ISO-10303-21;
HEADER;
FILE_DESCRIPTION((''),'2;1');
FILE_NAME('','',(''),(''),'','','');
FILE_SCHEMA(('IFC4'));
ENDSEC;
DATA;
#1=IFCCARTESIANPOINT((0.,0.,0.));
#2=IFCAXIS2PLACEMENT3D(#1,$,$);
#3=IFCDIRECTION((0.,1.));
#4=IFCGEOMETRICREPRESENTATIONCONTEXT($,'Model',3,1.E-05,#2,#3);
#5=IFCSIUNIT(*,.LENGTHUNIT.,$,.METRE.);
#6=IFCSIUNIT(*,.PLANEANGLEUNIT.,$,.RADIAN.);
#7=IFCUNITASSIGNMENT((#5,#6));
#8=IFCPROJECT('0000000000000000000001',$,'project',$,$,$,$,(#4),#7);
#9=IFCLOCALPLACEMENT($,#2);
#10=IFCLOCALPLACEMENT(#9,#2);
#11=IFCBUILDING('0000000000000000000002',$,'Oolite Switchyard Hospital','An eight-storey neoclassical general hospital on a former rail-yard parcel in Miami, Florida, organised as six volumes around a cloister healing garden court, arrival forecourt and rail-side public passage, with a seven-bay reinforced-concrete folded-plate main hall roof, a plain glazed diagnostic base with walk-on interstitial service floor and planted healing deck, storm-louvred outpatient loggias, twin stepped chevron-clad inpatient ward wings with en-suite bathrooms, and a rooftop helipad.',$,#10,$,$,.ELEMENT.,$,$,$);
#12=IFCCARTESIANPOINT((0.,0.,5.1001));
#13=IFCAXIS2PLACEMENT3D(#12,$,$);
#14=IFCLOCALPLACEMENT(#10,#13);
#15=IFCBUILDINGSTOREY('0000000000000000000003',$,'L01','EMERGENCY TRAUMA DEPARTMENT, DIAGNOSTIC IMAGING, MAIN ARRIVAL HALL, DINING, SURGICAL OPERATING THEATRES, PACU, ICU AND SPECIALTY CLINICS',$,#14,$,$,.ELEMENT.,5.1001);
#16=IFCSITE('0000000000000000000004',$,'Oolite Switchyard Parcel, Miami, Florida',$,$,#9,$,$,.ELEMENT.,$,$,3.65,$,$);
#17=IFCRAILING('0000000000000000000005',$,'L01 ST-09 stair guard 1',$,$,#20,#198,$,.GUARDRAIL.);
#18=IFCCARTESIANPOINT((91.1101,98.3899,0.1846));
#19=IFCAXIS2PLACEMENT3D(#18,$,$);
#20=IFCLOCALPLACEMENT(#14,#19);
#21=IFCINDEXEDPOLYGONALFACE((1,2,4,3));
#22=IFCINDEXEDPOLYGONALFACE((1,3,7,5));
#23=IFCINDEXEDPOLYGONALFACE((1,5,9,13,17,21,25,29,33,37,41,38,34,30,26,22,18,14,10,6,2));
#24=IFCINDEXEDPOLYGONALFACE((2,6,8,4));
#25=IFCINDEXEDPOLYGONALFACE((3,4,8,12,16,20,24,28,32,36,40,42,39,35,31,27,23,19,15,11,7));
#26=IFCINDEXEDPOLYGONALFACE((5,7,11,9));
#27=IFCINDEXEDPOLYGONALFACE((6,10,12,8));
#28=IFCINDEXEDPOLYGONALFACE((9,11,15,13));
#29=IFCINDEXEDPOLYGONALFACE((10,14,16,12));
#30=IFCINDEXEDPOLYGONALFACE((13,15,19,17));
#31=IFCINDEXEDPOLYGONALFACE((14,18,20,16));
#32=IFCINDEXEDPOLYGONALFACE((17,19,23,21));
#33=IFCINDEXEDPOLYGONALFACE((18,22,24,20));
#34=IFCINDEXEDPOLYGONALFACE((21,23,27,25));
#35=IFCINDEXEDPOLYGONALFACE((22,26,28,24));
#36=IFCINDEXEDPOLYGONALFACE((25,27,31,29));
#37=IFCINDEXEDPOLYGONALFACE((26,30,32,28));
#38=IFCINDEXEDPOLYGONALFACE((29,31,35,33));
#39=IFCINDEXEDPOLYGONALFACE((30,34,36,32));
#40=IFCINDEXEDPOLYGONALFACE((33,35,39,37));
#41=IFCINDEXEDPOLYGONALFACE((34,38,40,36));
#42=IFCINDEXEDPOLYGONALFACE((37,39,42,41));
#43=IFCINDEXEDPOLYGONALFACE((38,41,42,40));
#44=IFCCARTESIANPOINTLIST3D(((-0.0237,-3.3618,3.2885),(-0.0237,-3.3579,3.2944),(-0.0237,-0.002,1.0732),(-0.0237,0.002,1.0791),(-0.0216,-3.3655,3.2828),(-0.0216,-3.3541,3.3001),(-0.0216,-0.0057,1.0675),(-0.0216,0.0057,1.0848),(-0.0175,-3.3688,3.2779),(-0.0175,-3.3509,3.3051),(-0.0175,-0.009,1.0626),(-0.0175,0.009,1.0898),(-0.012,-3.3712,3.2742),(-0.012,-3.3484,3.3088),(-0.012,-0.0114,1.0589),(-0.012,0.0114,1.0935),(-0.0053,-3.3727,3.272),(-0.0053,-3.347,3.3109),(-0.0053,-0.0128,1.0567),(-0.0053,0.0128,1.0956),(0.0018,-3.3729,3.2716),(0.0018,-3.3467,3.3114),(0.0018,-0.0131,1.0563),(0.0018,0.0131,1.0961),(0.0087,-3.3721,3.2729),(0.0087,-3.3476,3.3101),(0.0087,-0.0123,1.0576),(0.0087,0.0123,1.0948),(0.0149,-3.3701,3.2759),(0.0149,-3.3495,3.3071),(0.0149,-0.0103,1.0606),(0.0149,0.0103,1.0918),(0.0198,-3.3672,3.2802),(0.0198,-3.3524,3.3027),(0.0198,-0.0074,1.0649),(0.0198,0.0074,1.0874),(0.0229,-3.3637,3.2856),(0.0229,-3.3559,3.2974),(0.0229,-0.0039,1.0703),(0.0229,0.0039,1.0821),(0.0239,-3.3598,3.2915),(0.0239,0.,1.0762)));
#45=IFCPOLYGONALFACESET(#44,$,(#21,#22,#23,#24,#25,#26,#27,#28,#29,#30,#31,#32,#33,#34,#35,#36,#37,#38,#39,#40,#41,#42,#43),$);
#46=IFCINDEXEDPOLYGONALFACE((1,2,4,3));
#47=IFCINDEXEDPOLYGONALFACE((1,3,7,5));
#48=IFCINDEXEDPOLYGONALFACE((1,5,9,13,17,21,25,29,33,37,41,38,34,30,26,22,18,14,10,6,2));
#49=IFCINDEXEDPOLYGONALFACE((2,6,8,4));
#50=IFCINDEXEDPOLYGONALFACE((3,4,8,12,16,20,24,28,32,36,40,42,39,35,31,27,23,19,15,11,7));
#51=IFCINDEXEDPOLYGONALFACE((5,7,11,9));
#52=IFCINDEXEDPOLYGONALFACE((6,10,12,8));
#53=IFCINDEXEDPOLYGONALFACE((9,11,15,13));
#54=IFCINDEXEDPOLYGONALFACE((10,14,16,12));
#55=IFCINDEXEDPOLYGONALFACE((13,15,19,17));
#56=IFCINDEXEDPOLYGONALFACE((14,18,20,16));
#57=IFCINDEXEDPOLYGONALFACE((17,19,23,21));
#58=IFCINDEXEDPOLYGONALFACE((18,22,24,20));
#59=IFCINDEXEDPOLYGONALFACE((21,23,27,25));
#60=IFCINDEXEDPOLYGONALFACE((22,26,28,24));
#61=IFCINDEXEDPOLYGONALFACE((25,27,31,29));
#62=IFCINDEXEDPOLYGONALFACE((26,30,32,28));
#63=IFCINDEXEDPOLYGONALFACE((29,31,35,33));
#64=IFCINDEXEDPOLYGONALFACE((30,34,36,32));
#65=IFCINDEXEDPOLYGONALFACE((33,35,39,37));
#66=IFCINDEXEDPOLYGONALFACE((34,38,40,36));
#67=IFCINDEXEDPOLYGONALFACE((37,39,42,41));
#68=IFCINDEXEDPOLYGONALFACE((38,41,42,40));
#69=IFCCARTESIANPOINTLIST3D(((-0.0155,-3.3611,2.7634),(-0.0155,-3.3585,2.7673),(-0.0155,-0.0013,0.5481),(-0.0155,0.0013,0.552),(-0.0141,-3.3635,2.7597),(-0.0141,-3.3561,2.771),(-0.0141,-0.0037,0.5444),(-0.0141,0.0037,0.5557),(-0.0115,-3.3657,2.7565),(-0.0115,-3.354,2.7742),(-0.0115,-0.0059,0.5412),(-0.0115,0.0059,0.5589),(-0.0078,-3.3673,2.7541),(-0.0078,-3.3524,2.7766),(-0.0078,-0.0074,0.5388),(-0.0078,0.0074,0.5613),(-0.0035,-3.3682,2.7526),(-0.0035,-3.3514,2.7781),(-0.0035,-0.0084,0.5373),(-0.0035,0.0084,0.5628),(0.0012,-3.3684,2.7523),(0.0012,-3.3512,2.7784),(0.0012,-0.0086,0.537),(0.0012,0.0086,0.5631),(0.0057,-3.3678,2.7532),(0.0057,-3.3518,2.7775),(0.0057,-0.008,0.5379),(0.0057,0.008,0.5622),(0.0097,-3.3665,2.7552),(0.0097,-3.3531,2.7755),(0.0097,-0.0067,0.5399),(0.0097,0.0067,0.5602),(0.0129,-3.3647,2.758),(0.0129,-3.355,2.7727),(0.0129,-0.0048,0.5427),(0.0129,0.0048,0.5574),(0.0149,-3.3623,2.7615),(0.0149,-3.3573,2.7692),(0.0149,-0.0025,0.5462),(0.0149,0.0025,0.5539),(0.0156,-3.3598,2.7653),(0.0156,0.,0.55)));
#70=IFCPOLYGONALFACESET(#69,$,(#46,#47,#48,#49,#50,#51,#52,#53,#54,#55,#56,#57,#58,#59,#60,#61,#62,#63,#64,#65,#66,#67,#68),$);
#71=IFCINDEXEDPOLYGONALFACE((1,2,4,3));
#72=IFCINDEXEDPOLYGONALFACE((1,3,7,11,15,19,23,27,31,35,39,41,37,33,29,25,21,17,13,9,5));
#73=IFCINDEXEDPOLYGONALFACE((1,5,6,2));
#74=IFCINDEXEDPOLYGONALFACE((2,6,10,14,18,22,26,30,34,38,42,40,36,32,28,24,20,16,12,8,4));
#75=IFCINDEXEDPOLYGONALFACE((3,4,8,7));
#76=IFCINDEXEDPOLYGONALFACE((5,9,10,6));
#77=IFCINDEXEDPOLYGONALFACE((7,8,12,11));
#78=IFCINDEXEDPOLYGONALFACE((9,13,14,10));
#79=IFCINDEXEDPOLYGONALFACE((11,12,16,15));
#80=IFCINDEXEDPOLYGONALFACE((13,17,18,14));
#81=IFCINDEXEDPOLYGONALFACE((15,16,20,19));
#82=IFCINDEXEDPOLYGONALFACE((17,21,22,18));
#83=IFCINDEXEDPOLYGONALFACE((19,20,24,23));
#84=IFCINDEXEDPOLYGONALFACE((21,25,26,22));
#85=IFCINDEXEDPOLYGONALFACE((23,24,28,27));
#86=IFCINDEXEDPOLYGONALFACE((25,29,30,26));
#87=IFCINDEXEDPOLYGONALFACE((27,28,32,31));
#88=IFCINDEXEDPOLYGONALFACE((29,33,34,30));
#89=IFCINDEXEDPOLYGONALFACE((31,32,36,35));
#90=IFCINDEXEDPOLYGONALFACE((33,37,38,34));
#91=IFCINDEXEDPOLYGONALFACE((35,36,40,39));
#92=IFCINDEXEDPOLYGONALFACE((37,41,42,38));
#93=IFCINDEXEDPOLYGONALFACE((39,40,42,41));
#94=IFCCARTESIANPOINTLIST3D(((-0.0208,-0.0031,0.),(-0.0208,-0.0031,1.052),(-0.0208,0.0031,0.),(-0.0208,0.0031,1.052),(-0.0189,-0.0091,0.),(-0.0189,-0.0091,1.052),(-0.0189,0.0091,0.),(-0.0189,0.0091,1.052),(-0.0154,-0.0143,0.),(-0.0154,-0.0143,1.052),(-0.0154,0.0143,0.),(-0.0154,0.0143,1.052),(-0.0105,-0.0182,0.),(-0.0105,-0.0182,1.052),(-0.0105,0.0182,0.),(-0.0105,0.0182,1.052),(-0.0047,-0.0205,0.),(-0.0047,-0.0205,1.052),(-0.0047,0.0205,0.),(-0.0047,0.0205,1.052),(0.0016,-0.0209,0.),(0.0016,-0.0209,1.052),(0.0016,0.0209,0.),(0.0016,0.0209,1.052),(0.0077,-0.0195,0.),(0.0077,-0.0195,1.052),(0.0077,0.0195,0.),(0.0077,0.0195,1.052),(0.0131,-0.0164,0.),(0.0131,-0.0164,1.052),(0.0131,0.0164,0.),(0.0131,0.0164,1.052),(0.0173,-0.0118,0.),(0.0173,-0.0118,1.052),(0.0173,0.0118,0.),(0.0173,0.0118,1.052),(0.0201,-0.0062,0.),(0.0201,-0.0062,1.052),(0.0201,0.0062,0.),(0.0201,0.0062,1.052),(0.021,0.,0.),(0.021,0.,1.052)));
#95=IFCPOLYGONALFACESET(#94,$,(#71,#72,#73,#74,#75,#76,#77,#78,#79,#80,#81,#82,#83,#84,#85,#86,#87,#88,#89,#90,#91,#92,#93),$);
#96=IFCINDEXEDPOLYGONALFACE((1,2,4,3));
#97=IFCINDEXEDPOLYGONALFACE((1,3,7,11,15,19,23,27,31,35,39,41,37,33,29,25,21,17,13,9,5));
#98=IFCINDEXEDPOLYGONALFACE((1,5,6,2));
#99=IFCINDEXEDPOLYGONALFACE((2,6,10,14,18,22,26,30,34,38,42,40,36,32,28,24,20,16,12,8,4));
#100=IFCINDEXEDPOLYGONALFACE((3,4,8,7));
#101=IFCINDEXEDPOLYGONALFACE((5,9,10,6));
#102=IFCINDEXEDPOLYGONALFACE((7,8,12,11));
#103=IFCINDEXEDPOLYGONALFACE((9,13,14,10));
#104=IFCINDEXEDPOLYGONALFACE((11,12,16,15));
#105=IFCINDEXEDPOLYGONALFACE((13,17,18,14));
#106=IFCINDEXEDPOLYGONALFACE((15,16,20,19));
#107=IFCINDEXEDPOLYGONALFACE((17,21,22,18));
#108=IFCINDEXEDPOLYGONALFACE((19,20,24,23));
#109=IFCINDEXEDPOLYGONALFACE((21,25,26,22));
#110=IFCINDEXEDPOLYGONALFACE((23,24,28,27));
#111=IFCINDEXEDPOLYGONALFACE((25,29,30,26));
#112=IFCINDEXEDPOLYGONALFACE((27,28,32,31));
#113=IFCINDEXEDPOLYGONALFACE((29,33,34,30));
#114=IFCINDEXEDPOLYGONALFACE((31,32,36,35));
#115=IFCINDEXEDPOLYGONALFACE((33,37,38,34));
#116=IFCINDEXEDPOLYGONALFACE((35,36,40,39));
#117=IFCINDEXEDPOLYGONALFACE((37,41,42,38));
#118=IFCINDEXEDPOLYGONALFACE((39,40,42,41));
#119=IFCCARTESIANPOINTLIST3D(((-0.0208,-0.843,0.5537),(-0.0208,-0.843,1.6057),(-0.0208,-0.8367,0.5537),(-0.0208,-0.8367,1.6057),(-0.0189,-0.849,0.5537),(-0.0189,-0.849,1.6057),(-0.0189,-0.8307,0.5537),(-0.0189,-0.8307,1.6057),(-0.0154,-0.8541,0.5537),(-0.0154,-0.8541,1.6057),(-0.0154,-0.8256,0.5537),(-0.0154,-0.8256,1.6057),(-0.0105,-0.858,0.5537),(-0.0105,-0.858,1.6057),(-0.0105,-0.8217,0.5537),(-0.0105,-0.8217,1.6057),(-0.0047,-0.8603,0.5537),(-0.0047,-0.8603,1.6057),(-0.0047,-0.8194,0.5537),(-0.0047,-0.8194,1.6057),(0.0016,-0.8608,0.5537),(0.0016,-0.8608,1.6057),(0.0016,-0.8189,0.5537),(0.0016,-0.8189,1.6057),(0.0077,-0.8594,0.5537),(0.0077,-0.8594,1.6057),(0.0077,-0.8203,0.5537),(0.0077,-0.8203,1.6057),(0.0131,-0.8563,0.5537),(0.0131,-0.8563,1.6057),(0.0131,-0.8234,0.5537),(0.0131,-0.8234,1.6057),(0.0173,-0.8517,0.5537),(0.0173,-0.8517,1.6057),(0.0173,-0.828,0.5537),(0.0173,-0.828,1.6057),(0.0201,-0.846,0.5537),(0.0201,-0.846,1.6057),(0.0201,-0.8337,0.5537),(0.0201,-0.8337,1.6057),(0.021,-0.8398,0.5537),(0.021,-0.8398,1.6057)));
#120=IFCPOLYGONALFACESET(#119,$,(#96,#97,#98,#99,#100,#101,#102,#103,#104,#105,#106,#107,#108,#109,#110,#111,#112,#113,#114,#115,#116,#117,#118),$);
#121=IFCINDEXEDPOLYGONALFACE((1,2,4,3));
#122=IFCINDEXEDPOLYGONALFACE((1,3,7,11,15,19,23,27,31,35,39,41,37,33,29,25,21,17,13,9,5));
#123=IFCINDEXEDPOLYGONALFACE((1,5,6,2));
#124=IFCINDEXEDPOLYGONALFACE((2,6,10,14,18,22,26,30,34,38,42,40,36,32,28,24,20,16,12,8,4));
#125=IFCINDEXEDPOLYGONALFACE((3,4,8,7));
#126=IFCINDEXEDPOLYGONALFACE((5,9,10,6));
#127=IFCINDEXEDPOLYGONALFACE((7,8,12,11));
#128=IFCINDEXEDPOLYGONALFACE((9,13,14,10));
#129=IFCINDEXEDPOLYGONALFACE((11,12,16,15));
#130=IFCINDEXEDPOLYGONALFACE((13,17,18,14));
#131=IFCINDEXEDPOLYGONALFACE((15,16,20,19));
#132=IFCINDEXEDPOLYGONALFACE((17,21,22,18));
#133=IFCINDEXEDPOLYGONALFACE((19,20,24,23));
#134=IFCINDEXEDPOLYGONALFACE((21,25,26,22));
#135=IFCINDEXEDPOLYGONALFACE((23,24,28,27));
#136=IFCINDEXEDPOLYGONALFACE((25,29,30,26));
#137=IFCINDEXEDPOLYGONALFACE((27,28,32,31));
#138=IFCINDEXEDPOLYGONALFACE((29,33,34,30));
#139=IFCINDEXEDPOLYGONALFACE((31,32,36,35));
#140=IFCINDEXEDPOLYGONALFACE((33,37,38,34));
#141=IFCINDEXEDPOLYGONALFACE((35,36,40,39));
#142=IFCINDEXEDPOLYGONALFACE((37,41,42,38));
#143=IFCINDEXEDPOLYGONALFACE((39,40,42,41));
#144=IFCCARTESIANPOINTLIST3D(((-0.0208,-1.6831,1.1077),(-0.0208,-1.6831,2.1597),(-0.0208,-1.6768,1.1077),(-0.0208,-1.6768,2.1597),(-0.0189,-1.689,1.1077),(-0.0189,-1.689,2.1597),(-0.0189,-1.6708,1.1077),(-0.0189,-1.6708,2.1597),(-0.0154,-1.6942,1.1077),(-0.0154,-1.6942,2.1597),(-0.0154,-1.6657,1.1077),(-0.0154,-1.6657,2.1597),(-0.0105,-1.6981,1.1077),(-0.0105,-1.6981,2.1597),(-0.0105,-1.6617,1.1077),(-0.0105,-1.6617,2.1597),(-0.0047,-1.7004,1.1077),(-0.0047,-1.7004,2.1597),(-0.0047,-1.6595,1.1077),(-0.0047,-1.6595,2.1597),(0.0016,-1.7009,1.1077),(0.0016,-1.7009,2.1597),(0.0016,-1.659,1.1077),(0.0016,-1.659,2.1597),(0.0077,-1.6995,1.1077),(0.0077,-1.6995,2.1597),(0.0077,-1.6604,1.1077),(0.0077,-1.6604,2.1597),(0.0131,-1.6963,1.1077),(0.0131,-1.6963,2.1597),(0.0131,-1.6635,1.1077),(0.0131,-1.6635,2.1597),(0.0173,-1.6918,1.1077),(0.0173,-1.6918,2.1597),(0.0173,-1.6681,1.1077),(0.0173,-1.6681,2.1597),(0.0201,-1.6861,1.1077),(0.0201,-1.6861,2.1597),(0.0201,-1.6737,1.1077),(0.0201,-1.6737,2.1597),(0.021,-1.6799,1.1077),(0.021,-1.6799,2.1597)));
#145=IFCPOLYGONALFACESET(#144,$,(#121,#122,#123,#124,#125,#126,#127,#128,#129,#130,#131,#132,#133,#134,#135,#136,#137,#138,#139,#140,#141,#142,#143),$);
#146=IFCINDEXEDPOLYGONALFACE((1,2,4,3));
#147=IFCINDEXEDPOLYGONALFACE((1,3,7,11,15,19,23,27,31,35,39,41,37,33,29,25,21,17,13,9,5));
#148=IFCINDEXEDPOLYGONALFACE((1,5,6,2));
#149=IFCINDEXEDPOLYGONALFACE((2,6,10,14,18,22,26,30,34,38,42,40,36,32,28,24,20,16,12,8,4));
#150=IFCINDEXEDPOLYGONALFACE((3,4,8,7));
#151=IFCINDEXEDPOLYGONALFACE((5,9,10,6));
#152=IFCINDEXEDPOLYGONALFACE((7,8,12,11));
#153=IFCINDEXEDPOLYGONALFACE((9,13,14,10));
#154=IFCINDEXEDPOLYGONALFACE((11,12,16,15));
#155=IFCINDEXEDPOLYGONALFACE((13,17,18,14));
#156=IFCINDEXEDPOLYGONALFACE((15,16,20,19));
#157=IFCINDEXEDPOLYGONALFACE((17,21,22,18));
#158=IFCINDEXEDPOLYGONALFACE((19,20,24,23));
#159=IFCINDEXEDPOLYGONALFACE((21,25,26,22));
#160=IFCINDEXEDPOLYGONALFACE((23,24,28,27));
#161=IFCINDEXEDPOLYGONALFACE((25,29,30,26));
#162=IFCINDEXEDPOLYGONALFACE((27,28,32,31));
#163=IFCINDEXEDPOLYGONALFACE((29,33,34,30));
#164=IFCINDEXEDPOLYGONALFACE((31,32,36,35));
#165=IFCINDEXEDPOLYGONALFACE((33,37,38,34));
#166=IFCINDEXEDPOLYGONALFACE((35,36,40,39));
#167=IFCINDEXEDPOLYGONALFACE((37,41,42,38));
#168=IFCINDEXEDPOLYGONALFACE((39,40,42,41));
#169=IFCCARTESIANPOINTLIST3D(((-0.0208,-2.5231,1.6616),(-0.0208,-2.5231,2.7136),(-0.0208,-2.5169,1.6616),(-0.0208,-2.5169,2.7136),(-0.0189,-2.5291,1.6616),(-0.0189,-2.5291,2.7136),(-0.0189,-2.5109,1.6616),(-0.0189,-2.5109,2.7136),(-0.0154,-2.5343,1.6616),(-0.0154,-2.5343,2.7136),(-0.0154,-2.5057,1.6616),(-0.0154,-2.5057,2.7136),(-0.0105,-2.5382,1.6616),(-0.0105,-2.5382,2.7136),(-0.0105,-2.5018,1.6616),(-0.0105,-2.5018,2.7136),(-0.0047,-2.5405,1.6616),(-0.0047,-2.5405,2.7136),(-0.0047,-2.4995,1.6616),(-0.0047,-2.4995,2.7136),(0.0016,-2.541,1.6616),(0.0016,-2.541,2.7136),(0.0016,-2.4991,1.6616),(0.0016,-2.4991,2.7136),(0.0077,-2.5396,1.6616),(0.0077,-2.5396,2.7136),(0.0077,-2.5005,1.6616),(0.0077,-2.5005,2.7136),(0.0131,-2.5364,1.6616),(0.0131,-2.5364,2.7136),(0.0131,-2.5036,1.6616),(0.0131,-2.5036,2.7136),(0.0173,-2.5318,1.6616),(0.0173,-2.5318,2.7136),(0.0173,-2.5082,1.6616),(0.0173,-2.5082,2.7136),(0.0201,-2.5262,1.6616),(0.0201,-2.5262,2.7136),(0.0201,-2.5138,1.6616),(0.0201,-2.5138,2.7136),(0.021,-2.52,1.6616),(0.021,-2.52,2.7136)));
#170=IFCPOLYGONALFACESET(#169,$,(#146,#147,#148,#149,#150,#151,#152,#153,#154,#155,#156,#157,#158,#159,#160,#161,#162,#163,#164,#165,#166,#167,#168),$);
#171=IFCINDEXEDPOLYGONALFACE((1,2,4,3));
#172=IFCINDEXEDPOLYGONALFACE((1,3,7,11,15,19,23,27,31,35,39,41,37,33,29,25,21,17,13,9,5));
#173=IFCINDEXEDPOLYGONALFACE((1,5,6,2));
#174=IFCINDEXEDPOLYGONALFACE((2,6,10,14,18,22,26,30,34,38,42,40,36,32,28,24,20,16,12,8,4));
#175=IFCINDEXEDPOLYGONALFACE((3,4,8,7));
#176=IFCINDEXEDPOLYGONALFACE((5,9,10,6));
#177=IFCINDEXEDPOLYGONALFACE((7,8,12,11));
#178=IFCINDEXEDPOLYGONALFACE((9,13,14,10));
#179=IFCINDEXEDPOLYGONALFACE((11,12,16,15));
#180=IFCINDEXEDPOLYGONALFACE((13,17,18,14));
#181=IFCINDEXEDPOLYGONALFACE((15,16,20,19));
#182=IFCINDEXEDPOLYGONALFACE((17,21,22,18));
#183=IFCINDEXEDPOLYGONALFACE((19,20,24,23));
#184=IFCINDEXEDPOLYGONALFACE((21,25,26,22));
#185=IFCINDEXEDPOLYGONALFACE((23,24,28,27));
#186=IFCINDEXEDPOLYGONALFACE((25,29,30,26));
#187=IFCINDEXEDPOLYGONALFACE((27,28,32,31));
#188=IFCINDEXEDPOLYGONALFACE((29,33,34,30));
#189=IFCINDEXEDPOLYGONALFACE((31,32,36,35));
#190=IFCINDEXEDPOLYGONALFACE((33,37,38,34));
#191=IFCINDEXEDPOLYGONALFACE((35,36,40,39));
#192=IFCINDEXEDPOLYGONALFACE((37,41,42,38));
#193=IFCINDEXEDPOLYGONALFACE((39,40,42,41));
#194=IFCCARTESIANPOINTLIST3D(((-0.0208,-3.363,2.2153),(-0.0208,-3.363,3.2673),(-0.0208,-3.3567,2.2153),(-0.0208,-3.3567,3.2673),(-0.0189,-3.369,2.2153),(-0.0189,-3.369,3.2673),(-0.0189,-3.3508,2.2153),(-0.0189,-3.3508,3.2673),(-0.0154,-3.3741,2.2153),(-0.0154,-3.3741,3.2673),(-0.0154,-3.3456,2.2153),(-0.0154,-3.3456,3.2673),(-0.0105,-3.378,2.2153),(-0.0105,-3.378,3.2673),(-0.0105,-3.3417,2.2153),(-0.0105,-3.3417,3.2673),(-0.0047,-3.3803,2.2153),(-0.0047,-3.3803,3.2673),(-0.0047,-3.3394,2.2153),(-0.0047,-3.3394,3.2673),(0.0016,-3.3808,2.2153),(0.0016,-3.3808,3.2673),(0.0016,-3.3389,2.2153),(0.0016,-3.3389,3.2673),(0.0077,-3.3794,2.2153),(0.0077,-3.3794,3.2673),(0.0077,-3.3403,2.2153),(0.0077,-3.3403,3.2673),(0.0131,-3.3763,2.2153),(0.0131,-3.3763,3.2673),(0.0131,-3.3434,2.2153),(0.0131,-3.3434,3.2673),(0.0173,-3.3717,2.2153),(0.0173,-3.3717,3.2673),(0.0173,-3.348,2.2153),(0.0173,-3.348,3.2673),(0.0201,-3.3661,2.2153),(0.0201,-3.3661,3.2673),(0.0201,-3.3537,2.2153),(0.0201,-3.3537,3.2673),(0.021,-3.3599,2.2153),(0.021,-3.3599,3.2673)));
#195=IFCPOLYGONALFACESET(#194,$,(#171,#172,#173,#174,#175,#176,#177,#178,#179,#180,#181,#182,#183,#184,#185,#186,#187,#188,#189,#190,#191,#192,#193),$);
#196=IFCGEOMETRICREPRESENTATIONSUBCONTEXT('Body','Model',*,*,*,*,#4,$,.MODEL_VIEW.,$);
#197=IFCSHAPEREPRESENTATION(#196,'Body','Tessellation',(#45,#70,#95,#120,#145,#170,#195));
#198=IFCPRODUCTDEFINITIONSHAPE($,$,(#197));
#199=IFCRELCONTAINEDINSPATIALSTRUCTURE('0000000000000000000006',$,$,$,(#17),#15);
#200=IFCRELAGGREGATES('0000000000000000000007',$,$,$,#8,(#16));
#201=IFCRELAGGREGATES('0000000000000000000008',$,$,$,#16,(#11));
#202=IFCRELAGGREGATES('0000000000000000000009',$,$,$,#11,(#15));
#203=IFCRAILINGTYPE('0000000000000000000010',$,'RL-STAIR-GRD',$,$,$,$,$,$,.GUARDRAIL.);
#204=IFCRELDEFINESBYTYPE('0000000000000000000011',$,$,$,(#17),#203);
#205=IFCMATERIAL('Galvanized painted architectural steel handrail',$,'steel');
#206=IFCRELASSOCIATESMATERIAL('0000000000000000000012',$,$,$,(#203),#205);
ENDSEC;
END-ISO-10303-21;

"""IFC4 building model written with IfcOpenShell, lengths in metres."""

from ifc_helpers import new_model, si_unit, direction, frame, origin, origin_2d, place, context, subcontext, project, spatial, circle, extrude, material, type_object, element, save


model = new_model("IFC4")

# Units and contexts
model_context = context("Model", 3, precision=1e-05, world=origin(), true_north=direction((0.0, 1.0)))
body_context = subcontext(model_context, "Body", "Model", "MODEL_VIEW")
ifc_project = project(units=[si_unit("LENGTHUNIT", "METRE"), si_unit("PLANEANGLEUNIT", "RADIAN")], contexts=[model_context])

# Site, building, storey
site_placement = place(None, origin())
site = spatial("IfcSite", under=ifc_project, at=site_placement, Name="Oolite Switchyard Parcel, Miami, Florida", CompositionType="ELEMENT", RefElevation=3.65)
building_placement = place(site_placement, origin())
building = spatial("IfcBuilding", under=site, at=building_placement, Name="Oolite Switchyard Hospital", Description="An eight-storey neoclassical general hospital on a former rail-yard parcel in Miami, Florida, organised as six volumes around a cloister healing garden court, arrival forecourt and rail-side public passage, with a seven-bay reinforced-concrete folded-plate main hall roof, a plain glazed diagnostic base with walk-on interstitial service floor and planted healing deck, storm-louvred outpatient loggias, twin stepped chevron-clad inpatient ward wings with en-suite bathrooms, and a rooftop helipad.", CompositionType="ELEMENT")
storey_placement = place(building_placement, frame((0.0, 0.0, 5.1001)))
storey = spatial("IfcBuildingStorey", under=building, at=storey_placement, Name="L01", Description="EMERGENCY TRAUMA DEPARTMENT, DIAGNOSTIC IMAGING, MAIN ARRIVAL HALL, DINING, SURGICAL OPERATING THEATRES, PACU, ICU AND SPECIALTY CLINICS", CompositionType="ELEMENT", Elevation=5.1001)

# Railing
ifc_material_1 = material(Name="Galvanized painted architectural steel handrail", Category="steel")
railing_type_1 = type_object("IfcRailingType", Name="RL-STAIR-GRD", PredefinedType="GUARDRAIL", material=ifc_material_1)
railing_1_placement = place(storey_placement, frame((91.1101, 98.3899, 0.1846)))
element("IfcRailing", 1, at=railing_1_placement, inside=storey, type_object=railing_type_1, Name="L01 ST-09 stair guard 1", PredefinedType="GUARDRAIL", context=body_context, shape_type="SweptSolid", body=[
    extrude(circle(Radius=0.0239, at=origin_2d()), frame((0.0, 0.0, 1.0762), z_axis=(0.0, -0.834858, 0.550465), x_axis=(1.0, 0.0, 0.0)), (0.0, 0.0, 1.0), 4.0244),
    extrude(circle(Radius=0.0156, at=origin_2d()), frame((0.0, 0.0, 0.55), z_axis=(0.0, -0.834858, 0.550465), x_axis=(1.0, 0.0, 0.0)), (0.0, 0.0, 1.0), 4.0244),
    extrude(circle(Radius=0.021, at=origin_2d()), origin(), (0.0, 0.0, 1.0), 1.052),
    extrude(circle(Radius=0.021, at=origin_2d()), frame((0.0, -0.8398, 0.5537)), (0.0, 0.0, 1.0), 1.052),
    extrude(circle(Radius=0.021, at=origin_2d()), frame((0.0, -1.6799, 1.1077)), (0.0, 0.0, 1.0), 1.052),
    extrude(circle(Radius=0.021, at=origin_2d()), frame((0.0, -2.52, 1.6616)), (0.0, 0.0, 1.0), 1.052),
    extrude(circle(Radius=0.021, at=origin_2d()), frame((0.0, -3.3599, 2.2153)), (0.0, 0.0, 1.0), 1.052),
])

save(model, "model.ifc")
